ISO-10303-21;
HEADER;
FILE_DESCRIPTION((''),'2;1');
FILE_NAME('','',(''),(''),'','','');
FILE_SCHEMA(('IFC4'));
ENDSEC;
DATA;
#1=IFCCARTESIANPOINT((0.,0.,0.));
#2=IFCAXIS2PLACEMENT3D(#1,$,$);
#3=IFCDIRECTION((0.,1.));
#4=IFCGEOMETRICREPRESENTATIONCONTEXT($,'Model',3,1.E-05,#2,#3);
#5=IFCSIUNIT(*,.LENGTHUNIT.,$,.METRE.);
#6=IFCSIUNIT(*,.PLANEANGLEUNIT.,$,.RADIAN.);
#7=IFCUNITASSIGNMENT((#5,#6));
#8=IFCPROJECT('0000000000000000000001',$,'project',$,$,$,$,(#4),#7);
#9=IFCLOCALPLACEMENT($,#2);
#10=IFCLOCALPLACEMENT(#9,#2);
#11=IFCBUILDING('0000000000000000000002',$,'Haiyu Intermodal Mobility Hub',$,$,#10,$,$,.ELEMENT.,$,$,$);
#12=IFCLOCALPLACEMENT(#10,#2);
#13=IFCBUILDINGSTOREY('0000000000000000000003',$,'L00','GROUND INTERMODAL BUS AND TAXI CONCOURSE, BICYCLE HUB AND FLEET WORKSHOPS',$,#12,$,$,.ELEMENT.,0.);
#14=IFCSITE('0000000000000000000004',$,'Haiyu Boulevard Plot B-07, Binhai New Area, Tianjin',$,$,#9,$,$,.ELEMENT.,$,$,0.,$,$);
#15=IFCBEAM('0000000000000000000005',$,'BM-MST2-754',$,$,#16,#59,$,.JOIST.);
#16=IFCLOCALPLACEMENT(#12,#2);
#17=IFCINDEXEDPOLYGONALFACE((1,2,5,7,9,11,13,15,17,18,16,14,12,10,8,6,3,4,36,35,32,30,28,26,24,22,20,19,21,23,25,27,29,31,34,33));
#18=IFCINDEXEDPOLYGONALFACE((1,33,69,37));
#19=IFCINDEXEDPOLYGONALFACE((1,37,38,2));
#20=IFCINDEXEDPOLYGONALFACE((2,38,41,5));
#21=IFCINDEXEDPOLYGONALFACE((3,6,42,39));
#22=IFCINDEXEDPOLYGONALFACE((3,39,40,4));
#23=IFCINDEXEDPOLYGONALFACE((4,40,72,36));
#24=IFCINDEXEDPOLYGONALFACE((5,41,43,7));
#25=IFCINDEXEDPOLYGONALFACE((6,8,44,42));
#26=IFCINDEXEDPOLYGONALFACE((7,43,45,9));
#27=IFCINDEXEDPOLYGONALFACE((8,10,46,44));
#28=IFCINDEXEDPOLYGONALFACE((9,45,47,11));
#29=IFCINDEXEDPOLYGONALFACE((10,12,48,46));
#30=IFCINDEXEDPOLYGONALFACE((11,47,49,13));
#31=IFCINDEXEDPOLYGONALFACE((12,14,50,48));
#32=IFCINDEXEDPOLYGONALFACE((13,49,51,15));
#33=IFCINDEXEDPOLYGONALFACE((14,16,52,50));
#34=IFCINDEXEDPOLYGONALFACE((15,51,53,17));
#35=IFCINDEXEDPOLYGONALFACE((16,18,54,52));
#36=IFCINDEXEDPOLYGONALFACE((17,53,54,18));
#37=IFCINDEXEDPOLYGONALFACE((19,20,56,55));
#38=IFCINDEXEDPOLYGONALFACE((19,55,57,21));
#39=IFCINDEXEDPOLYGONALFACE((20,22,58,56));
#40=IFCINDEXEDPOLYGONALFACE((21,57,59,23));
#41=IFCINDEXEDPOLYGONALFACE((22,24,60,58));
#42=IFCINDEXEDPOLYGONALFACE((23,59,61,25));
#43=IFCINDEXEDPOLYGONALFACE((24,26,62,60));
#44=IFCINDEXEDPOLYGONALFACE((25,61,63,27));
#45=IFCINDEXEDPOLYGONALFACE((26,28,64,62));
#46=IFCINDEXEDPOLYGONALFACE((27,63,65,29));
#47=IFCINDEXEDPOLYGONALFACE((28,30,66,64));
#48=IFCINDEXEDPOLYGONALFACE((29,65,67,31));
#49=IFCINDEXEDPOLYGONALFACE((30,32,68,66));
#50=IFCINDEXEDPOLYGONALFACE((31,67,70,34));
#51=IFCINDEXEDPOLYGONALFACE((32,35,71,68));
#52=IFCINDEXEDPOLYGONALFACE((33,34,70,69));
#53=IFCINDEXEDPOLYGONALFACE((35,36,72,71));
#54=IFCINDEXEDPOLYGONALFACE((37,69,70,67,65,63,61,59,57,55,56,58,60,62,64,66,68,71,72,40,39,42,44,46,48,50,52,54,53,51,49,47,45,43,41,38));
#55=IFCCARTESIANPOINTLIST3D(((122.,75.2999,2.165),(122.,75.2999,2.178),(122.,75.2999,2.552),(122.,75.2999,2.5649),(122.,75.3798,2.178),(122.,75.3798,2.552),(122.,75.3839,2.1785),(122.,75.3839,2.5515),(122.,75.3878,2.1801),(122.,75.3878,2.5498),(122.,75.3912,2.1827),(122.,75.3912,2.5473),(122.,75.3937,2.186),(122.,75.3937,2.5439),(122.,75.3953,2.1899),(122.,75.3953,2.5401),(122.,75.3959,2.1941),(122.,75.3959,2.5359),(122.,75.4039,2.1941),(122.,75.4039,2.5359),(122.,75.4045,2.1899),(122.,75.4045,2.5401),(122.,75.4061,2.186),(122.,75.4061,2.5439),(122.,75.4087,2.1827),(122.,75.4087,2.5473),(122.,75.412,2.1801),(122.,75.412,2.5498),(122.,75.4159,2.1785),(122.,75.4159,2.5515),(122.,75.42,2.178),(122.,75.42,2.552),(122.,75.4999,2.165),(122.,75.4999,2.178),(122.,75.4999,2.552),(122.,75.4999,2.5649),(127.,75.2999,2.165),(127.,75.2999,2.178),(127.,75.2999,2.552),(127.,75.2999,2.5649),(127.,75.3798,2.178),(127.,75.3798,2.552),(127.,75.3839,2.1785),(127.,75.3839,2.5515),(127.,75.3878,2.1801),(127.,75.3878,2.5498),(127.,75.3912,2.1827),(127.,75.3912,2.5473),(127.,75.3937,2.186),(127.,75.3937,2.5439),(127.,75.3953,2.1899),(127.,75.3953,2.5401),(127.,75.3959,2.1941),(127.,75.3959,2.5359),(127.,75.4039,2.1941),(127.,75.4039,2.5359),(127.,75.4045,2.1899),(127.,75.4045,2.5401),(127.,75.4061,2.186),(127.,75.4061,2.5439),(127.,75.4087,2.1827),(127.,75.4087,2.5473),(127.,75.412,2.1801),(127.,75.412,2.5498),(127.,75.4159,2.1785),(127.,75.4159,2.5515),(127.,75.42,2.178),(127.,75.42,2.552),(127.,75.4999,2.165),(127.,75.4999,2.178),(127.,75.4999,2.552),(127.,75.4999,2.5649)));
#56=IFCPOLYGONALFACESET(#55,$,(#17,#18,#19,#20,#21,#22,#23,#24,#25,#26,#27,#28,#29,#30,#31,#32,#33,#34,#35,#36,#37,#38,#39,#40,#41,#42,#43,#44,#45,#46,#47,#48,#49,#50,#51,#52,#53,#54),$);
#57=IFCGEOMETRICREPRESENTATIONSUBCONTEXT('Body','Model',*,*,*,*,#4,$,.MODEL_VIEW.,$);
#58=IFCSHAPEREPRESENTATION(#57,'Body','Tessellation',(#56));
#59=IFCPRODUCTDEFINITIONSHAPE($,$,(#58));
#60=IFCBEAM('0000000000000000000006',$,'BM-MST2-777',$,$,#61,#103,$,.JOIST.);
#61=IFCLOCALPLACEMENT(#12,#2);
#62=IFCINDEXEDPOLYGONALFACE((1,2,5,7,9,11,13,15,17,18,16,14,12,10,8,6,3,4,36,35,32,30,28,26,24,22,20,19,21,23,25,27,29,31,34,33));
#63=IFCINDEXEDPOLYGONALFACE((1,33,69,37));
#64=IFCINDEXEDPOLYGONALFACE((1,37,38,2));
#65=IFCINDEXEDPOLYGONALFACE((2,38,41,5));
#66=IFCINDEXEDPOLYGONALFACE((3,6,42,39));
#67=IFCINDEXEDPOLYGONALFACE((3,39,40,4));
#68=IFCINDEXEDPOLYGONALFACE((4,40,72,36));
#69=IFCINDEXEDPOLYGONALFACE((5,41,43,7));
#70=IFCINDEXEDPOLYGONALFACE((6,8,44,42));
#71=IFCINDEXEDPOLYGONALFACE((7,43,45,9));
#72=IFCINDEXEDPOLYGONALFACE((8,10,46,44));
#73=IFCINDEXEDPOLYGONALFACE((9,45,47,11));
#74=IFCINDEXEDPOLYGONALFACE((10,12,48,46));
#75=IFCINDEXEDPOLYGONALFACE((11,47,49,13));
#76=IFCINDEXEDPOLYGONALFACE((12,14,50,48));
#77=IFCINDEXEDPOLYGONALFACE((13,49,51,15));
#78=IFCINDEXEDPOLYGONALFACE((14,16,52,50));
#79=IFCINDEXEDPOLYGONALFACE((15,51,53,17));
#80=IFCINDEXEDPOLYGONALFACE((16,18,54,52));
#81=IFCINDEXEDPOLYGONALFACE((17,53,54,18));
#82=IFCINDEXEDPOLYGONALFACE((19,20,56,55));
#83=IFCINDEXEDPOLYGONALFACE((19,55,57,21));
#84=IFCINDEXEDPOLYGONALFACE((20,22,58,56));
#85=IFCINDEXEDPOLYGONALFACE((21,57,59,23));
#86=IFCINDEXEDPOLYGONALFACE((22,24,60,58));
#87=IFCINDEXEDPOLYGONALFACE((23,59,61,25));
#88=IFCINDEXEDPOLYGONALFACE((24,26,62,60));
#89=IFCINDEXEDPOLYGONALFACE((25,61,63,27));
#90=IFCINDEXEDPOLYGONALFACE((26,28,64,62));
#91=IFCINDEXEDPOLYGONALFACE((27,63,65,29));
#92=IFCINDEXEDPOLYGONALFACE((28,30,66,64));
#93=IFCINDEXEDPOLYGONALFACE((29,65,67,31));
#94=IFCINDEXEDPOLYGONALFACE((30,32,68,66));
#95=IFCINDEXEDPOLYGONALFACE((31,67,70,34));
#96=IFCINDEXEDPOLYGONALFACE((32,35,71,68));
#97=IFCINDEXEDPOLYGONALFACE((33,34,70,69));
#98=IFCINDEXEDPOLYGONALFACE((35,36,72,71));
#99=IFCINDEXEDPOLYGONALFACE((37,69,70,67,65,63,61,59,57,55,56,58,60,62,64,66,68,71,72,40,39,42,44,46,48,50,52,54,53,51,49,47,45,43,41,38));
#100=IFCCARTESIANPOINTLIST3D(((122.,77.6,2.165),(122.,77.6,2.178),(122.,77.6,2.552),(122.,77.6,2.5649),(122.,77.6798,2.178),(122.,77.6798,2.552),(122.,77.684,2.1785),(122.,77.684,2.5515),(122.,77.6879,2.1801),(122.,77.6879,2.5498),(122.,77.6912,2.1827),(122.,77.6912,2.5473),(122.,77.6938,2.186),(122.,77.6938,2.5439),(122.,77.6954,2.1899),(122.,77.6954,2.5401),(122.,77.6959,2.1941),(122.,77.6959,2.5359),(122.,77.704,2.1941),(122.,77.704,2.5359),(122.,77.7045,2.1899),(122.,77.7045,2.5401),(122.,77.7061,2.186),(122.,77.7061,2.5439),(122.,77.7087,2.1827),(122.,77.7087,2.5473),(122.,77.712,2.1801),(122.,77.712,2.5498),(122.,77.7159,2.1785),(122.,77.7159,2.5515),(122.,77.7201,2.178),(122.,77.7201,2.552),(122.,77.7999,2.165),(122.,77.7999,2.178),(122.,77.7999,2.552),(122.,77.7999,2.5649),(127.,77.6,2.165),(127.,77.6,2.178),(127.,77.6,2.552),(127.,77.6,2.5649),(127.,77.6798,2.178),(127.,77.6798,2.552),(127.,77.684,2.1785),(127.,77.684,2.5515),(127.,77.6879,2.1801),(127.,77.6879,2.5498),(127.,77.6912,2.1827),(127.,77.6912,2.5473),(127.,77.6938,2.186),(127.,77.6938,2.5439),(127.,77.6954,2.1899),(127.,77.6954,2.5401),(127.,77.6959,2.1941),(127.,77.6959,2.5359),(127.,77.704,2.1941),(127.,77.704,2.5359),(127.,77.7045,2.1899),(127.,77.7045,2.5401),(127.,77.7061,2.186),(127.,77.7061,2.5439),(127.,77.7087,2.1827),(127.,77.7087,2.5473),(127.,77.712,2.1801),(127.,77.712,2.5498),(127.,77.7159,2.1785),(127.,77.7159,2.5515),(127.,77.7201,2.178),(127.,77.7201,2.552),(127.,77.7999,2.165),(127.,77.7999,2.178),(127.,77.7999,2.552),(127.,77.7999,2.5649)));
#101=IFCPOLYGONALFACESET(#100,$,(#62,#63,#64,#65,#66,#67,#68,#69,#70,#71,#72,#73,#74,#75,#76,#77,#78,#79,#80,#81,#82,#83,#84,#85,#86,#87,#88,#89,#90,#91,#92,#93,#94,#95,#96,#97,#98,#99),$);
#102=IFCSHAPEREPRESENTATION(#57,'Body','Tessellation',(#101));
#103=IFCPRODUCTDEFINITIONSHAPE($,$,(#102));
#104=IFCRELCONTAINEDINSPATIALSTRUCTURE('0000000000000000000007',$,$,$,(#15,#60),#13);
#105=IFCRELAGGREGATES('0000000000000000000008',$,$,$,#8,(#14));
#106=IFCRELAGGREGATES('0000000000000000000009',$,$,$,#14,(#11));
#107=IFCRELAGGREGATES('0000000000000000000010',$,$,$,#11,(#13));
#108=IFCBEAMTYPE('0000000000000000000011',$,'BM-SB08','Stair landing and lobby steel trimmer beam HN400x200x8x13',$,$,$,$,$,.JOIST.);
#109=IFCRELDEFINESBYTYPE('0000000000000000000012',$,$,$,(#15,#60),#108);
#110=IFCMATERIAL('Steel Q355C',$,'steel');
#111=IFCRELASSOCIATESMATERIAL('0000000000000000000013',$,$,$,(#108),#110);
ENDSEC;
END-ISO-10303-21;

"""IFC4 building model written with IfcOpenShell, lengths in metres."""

from ifc_helpers import new_model, si_unit, direction, frame, origin, origin_2d, place, context, subcontext, project, spatial, i_section, extrude, material, material_profile, profile_set, type_object, element, save


model = new_model("IFC4")

# Units and contexts
model_context = context("Model", 3, precision=1e-05, world=origin(), true_north=direction((0.0, 1.0)))
body_context = subcontext(model_context, "Body", "Model", "MODEL_VIEW")
ifc_project = project(units=[si_unit("LENGTHUNIT", "METRE"), si_unit("PLANEANGLEUNIT", "RADIAN")], contexts=[model_context])

# Site, building, storey
site_placement = place(None, origin())
site = spatial("IfcSite", under=ifc_project, at=site_placement, Name="Haiyu Boulevard Plot B-07, Binhai New Area, Tianjin", CompositionType="ELEMENT", RefElevation=0.0)
building_placement = place(site_placement, origin())
building = spatial("IfcBuilding", under=site, at=building_placement, Name="Haiyu Intermodal Mobility Hub", CompositionType="ELEMENT")
storey_placement = place(building_placement, origin())
storey = spatial("IfcBuildingStorey", under=building, at=storey_placement, Name="L00", Description="GROUND INTERMODAL BUS AND TAXI CONCOURSE, BICYCLE HUB AND FLEET WORKSHOPS", CompositionType="ELEMENT", Elevation=0.0)

# Shared definitions
ifc_material_1 = material(Name="Steel Q355C", Category="steel")

# Beams
ifc_material_profile_1 = material_profile(ifc_material_1, i_section(OverallWidth=0.2, OverallDepth=0.3999, WebThickness=0.0081, FlangeThickness=0.0129, FilletRadius=0.0161, at=origin_2d()), Name="HN400x200x8x13")
ifc_profile_set_1 = profile_set([ifc_material_profile_1], Name="Steel Q355C")
beam_type = type_object("IfcBeamType", Name="BM-SB08", Description="Stair landing and lobby steel trimmer beam HN400x200x8x13", PredefinedType="JOIST", material=ifc_profile_set_1)
for number, where, z_axis, x_axis, name in (
    (1, (122.0, 75.3999, 2.365), (1.0, 0.0, 0.0), (0.0, 1.0, 0.0), "BM-MST2-754"),
    (2, (122.0, 77.7, 2.365), (1.0, 0.0, 0.0), (0.0, 1.0, 0.0), "BM-MST2-777"),
):
    element("IfcBeam", number, at=place(storey_placement, frame(where, z_axis=z_axis, x_axis=x_axis)), inside=storey, type_object=beam_type, Name=name, PredefinedType="JOIST", context=body_context, shape_type="SweptSolid", body=[
        extrude(i_section(OverallWidth=0.2, OverallDepth=0.3999, WebThickness=0.0081, FlangeThickness=0.0129, FilletRadius=0.0161, at=origin_2d()), origin(), (0.0, 0.0, 1.0), 5.0),
    ])

save(model, "model.ifc")
